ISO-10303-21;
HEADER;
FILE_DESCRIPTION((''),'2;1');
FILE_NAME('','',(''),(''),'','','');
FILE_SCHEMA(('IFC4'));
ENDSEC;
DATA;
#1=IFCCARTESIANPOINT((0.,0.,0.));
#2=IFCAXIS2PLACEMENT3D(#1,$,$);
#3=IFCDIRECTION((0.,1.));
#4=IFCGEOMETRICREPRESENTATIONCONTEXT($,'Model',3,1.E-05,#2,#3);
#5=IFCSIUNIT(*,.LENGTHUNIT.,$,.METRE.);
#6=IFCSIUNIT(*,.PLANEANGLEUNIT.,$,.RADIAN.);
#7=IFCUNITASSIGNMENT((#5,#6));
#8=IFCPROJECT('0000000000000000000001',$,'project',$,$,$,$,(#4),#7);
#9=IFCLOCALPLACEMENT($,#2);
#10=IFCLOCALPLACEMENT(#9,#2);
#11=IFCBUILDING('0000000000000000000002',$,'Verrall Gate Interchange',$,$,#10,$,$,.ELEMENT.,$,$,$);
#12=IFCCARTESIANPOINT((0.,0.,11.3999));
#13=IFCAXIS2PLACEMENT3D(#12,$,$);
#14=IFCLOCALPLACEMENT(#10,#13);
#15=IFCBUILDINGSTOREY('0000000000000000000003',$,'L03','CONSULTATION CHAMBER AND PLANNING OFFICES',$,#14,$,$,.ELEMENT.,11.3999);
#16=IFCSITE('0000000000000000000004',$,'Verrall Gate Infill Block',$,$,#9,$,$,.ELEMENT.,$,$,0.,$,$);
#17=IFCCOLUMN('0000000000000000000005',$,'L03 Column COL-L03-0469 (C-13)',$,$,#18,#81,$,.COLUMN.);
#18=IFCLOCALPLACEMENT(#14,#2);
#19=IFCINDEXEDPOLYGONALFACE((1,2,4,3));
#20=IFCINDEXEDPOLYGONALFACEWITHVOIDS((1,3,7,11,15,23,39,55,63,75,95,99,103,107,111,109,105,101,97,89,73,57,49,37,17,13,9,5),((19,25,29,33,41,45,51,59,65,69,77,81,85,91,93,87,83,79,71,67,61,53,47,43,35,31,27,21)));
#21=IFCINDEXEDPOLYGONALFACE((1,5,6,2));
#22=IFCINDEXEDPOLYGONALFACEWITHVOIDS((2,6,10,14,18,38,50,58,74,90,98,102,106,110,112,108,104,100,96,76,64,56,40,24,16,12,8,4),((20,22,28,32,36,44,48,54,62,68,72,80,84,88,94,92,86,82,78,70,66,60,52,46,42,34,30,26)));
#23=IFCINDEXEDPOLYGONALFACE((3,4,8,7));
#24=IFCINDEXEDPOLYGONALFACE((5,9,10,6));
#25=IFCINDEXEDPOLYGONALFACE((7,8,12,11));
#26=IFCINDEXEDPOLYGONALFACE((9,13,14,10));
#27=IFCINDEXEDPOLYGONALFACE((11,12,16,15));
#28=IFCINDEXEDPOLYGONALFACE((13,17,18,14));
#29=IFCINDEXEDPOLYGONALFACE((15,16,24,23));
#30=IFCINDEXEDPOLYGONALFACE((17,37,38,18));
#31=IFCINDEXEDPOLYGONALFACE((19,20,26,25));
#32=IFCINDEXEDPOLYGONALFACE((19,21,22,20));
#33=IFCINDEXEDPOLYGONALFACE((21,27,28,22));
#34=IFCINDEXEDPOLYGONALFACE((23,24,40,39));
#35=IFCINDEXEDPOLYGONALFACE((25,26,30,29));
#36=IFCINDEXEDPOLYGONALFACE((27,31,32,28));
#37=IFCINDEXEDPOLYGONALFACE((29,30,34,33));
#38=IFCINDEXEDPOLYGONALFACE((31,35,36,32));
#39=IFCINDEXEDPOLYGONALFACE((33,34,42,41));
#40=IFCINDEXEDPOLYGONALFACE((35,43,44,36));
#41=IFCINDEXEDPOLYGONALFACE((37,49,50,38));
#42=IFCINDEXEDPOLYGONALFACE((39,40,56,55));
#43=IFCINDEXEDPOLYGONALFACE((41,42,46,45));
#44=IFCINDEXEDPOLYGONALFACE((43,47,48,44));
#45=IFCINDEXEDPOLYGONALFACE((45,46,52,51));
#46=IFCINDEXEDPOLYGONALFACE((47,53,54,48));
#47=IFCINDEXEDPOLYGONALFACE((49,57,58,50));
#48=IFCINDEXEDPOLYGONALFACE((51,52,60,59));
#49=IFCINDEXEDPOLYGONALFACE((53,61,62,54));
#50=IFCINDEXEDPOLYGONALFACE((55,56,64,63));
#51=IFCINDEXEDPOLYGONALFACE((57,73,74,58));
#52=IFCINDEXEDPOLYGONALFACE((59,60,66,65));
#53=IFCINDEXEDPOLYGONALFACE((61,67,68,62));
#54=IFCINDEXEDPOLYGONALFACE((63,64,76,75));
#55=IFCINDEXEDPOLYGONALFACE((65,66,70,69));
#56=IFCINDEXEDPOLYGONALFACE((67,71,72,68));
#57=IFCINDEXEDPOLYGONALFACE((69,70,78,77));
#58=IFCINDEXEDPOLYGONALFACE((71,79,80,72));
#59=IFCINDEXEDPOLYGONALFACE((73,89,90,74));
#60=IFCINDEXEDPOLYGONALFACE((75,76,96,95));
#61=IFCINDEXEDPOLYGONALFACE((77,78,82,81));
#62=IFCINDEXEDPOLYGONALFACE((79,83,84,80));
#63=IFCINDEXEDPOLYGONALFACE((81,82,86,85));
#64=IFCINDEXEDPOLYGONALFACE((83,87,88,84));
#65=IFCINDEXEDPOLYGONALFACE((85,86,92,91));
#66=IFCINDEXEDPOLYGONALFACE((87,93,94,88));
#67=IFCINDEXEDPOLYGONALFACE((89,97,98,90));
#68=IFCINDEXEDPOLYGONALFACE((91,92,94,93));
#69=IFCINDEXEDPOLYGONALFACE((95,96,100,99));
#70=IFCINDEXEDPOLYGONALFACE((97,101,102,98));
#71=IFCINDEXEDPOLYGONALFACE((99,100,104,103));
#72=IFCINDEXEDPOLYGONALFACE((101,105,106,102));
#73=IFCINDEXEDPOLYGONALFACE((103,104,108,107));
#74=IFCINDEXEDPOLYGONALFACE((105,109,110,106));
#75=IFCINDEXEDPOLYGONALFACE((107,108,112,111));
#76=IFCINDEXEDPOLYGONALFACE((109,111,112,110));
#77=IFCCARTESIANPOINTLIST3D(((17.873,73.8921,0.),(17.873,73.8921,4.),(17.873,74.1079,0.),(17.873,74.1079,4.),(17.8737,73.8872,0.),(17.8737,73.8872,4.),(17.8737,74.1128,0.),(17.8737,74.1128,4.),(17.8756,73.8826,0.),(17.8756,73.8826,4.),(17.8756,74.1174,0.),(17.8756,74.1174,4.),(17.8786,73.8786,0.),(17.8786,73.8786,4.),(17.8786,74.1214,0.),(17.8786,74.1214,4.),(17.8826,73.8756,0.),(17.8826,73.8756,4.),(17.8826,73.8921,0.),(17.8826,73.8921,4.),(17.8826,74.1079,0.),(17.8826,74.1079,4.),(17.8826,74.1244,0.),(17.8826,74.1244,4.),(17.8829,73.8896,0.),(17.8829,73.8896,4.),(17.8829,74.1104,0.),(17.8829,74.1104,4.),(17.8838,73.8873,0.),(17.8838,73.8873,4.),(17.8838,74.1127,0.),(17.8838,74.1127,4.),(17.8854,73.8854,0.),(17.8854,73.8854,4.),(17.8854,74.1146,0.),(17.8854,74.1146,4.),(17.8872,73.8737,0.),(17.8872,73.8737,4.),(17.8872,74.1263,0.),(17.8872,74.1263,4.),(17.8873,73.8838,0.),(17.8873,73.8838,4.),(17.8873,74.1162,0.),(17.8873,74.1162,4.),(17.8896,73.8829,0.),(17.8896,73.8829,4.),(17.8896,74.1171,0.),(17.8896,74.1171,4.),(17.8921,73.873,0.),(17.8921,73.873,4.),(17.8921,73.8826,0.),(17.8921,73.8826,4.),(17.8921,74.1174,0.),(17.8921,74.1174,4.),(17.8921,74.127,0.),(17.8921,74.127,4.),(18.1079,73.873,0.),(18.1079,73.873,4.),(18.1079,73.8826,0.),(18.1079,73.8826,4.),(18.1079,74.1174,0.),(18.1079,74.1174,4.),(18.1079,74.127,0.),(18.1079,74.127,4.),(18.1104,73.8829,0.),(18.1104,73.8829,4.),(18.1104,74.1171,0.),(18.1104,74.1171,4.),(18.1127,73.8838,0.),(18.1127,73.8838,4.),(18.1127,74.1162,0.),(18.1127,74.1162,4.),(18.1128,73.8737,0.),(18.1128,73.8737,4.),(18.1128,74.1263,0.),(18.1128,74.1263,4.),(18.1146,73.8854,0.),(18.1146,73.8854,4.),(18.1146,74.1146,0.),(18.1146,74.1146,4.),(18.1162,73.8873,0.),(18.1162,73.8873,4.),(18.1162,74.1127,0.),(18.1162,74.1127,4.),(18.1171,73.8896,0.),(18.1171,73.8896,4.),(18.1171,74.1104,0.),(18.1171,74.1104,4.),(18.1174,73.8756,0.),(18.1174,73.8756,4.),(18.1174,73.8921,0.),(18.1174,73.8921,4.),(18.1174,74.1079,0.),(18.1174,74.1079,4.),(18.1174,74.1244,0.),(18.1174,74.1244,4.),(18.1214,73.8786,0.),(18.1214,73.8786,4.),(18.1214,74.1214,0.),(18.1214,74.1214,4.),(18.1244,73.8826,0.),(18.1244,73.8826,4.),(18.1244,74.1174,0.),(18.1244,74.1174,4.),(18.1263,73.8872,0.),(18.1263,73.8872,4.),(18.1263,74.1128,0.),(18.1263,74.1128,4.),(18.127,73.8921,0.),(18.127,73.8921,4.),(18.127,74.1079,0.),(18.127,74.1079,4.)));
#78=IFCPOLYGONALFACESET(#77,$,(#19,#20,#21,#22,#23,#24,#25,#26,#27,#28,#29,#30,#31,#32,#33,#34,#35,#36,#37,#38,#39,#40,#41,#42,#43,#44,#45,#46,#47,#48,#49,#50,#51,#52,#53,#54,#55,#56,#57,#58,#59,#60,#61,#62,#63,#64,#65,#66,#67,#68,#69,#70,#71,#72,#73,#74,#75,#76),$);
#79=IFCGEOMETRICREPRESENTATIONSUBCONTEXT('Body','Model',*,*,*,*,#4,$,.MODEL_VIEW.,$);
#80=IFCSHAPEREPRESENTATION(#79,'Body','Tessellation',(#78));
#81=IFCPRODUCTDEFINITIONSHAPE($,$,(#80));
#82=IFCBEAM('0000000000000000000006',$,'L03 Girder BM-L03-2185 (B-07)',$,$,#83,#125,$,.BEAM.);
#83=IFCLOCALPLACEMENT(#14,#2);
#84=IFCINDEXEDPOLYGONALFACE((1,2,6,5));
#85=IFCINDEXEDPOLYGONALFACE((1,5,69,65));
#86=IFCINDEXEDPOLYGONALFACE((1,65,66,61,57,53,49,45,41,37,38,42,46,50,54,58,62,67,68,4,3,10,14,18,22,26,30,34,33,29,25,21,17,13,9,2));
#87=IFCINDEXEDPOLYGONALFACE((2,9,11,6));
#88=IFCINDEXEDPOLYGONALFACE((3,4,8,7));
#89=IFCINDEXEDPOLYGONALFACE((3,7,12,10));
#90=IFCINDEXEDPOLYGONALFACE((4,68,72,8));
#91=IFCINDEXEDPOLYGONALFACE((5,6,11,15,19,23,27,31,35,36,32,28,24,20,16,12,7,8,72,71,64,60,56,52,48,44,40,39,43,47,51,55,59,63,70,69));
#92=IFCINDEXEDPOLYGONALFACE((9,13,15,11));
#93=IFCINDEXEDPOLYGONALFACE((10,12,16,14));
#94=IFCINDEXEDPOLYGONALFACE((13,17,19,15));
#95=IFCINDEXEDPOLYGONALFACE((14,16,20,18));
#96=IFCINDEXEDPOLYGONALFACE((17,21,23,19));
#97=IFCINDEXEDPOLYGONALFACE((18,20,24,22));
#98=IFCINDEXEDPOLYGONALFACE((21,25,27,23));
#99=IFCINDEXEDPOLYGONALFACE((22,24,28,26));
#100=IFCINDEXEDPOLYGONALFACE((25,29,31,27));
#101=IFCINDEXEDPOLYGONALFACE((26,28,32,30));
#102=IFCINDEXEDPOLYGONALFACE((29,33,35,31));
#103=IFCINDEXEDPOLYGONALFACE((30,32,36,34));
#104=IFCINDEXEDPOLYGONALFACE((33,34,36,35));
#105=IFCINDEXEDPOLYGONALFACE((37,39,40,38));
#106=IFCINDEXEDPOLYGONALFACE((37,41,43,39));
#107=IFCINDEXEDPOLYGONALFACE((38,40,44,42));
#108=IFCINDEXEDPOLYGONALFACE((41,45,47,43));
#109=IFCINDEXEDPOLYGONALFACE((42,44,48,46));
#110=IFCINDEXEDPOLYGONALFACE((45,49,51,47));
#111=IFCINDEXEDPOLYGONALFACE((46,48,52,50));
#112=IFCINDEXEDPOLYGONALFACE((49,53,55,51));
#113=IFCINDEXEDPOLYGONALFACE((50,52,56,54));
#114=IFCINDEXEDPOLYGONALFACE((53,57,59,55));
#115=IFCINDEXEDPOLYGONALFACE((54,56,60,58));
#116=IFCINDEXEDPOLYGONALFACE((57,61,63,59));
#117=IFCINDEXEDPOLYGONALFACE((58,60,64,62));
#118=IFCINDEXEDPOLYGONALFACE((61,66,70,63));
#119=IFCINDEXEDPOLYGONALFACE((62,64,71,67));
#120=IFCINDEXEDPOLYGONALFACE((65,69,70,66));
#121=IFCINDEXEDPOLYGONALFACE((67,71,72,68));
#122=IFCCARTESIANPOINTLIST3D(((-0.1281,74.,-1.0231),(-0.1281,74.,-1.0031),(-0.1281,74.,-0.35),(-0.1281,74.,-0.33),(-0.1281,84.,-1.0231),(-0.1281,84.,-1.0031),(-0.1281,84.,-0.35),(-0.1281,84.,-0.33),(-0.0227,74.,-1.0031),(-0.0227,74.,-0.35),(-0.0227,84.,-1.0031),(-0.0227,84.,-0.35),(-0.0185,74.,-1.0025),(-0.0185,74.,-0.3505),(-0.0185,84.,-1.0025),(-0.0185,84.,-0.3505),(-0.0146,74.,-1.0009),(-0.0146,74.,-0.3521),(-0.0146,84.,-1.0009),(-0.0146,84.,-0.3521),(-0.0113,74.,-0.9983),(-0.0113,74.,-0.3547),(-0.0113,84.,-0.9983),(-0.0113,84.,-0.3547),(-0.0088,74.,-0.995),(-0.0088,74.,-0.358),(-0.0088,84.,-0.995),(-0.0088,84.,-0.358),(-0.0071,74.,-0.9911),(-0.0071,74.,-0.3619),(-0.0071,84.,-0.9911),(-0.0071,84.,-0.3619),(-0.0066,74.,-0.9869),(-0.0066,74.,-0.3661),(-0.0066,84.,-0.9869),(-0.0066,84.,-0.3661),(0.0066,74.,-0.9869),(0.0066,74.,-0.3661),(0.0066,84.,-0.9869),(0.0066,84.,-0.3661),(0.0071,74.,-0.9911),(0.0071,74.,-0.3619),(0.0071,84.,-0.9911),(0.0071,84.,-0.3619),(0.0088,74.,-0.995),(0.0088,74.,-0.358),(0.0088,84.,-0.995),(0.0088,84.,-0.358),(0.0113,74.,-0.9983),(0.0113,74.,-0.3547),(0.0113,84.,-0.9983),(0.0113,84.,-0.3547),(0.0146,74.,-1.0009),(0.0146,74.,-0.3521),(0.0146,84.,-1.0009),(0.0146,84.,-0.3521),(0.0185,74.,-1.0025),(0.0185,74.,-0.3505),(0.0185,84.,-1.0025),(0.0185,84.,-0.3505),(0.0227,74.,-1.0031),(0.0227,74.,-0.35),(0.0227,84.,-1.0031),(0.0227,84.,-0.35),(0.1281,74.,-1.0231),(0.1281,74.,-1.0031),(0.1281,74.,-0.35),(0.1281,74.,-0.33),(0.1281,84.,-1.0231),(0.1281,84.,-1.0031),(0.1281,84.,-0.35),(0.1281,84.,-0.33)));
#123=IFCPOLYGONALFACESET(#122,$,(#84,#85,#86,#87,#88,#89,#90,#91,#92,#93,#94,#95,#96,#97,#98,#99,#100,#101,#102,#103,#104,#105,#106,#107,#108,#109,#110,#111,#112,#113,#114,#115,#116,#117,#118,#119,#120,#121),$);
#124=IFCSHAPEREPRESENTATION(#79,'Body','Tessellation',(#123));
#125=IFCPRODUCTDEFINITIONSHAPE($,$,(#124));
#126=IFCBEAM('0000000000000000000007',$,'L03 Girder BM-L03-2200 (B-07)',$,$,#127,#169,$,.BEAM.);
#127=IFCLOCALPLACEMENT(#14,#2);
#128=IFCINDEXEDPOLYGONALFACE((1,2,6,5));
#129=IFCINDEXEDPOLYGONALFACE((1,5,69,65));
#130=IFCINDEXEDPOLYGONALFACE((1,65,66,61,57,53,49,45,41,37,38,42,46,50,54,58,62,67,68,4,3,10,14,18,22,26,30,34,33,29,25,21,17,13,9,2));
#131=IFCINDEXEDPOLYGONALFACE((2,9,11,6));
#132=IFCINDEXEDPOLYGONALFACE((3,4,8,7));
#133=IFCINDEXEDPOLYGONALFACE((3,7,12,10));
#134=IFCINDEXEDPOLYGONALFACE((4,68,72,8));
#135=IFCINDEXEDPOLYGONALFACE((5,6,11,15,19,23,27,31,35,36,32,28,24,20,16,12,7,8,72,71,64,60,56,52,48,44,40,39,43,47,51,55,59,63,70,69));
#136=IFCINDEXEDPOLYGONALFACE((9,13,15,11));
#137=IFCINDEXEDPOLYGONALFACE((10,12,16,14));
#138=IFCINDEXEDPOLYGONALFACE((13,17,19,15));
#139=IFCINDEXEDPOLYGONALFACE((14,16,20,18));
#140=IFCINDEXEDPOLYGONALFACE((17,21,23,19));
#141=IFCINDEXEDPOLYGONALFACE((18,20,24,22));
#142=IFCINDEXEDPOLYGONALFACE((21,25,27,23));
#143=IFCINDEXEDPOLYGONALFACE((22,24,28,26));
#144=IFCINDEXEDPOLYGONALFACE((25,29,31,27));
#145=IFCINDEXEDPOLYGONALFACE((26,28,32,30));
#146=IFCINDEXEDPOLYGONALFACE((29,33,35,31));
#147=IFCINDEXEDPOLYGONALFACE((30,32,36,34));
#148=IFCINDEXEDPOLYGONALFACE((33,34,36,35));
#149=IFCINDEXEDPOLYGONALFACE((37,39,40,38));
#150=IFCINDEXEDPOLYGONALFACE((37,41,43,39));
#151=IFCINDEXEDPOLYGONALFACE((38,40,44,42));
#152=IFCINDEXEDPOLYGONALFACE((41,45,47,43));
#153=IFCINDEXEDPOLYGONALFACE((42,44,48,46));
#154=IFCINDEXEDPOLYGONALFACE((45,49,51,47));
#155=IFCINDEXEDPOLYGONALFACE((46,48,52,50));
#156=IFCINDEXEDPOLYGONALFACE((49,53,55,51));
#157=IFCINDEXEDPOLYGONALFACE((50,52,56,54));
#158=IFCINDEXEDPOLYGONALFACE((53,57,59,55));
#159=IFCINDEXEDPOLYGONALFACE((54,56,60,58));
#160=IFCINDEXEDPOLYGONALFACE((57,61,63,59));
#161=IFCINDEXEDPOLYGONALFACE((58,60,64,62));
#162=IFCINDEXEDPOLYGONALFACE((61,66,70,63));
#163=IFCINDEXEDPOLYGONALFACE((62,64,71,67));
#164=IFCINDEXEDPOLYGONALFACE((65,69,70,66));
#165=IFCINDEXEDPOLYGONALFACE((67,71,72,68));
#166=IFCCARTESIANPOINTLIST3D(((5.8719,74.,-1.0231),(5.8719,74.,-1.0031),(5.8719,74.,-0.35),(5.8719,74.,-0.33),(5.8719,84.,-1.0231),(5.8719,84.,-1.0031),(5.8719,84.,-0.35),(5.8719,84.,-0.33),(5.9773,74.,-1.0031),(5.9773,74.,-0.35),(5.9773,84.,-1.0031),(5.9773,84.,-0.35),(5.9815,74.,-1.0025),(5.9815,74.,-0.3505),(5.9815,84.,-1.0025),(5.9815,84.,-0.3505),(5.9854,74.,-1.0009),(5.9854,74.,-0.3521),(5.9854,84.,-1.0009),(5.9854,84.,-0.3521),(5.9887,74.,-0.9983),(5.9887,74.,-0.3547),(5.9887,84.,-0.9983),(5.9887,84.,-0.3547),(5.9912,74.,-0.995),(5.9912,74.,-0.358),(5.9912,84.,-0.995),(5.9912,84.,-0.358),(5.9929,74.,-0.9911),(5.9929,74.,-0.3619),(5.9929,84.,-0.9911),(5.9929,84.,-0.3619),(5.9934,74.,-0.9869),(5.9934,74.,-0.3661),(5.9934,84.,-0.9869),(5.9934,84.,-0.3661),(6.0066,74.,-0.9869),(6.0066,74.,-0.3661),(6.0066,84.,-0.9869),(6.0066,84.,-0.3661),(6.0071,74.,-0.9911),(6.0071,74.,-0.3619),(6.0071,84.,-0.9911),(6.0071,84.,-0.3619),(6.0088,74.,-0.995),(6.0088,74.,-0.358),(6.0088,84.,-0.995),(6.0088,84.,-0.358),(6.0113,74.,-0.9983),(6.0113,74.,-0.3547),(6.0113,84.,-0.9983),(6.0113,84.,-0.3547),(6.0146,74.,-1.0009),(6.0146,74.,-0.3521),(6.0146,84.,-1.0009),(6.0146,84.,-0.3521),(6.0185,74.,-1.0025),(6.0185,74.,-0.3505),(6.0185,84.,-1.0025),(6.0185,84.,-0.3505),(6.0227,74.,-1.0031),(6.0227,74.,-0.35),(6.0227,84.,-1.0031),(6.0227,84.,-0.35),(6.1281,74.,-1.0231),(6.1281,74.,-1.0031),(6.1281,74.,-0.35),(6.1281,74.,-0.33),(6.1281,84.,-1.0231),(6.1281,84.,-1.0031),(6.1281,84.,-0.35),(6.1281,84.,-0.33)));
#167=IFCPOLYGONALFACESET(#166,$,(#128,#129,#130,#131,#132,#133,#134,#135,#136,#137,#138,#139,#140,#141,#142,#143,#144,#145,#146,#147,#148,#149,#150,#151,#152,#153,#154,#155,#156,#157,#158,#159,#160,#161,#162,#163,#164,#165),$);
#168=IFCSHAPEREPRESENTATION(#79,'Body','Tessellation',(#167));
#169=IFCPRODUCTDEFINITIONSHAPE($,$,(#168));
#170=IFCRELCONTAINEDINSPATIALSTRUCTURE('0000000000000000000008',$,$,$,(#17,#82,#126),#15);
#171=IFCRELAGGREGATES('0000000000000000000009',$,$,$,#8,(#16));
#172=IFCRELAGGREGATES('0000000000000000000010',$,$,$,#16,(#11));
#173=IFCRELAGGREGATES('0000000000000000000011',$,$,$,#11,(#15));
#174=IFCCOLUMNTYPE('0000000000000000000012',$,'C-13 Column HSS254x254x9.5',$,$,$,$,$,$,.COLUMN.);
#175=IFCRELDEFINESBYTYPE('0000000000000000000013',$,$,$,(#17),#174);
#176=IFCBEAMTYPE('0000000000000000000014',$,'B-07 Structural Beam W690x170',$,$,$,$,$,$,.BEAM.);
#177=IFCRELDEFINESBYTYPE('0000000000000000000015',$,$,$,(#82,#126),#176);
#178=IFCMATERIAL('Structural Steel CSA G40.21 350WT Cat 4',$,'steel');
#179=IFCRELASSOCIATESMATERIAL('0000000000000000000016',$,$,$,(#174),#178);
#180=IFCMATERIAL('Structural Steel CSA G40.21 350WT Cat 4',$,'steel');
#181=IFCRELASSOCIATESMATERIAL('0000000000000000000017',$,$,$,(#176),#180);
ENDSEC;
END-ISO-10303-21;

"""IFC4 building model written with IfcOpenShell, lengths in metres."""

from ifc_helpers import new_model, si_unit, direction, frame, origin, origin_2d, place, context, subcontext, project, spatial, hollow_rectangle, i_section, extrude, material, material_profile, profile_set, type_object, element, save


model = new_model("IFC4")

# Units and contexts
model_context = context("Model", 3, precision=1e-05, world=origin(), true_north=direction((0.0, 1.0)))
body_context = subcontext(model_context, "Body", "Model", "MODEL_VIEW")
ifc_project = project(units=[si_unit("LENGTHUNIT", "METRE"), si_unit("PLANEANGLEUNIT", "RADIAN")], contexts=[model_context])

# Site, building, storey
site_placement = place(None, origin())
site = spatial("IfcSite", under=ifc_project, at=site_placement, Name="Verrall Gate Infill Block", CompositionType="ELEMENT", RefElevation=0.0)
building_placement = place(site_placement, origin())
building = spatial("IfcBuilding", under=site, at=building_placement, Name="Verrall Gate Interchange", CompositionType="ELEMENT")
storey_placement = place(building_placement, frame((0.0, 0.0, 11.3999)))
storey = spatial("IfcBuildingStorey", under=building, at=storey_placement, Name="L03", Description="CONSULTATION CHAMBER AND PLANNING OFFICES", CompositionType="ELEMENT", Elevation=11.3999)

# Column
ifc_material_1 = material(Name="Structural Steel CSA G40.21 350WT Cat 4", Category="steel")
ifc_material_profile_1 = material_profile(ifc_material_1, hollow_rectangle(XDim=0.2539, YDim=0.2539, WallThickness=0.0095, InnerFilletRadius=0.0095, OuterFilletRadius=0.019, at=origin_2d()), Name="HSS254x254x9.5")
ifc_profile_set_1 = profile_set([ifc_material_profile_1], Name="Structural Steel CSA G40.21 350WT Cat 4")
column_type_1 = type_object("IfcColumnType", Name="C-13 Column HSS254x254x9.5", PredefinedType="COLUMN", material=ifc_profile_set_1)
for number, where, z_axis, x_axis, name in (
    (1, (18.0, 74.0, 0.0), (0.0, 0.0, 1.0), (1.0, 0.0, 0.0), "L03 Column COL-L03-0469 (C-13)"),
):
    element("IfcColumn", number, at=place(storey_placement, frame(where, z_axis=z_axis, x_axis=x_axis)), inside=storey, type_object=column_type_1, Name=name, PredefinedType="COLUMN", context=body_context, shape_type="SweptSolid", body=[
        extrude(hollow_rectangle(XDim=0.2539, YDim=0.2539, WallThickness=0.0095, InnerFilletRadius=0.0095, OuterFilletRadius=0.019, at=origin_2d()), origin(), (0.0, 0.0, 1.0), 4.0),
    ])

# Beams
ifc_material_2 = material(Name="Structural Steel CSA G40.21 350WT Cat 4", Category="steel")
ifc_material_profile_2 = material_profile(ifc_material_2, i_section(OverallWidth=0.2561, OverallDepth=0.6931, WebThickness=0.0132, FlangeThickness=0.02, FilletRadius=0.0161, at=origin_2d()), Name="W690x170")
ifc_profile_set_2 = profile_set([ifc_material_profile_2], Name="Structural Steel CSA G40.21 350WT Cat 4")
beam_type_1 = type_object("IfcBeamType", Name="B-07 Structural Beam W690x170", PredefinedType="BEAM", material=ifc_profile_set_2)
for number, where, z_axis, x_axis, name in (
    (2, (0.0, 74.0, -0.6765), (0.0, 1.0, 0.0), (-1.0, 0.0, 0.0), "L03 Girder BM-L03-2185 (B-07)"),
    (3, (6.0, 74.0, -0.6765), (0.0, 1.0, 0.0), (-1.0, 0.0, 0.0), "L03 Girder BM-L03-2200 (B-07)"),
):
    element("IfcBeam", number, at=place(storey_placement, frame(where, z_axis=z_axis, x_axis=x_axis)), inside=storey, type_object=beam_type_1, Name=name, PredefinedType="BEAM", context=body_context, shape_type="SweptSolid", body=[
        extrude(i_section(OverallWidth=0.2561, OverallDepth=0.6931, WebThickness=0.0132, FlangeThickness=0.02, FilletRadius=0.0161, at=origin_2d()), origin(), (0.0, 0.0, 1.0), 10.0),
    ])

save(model, "model.ifc")
